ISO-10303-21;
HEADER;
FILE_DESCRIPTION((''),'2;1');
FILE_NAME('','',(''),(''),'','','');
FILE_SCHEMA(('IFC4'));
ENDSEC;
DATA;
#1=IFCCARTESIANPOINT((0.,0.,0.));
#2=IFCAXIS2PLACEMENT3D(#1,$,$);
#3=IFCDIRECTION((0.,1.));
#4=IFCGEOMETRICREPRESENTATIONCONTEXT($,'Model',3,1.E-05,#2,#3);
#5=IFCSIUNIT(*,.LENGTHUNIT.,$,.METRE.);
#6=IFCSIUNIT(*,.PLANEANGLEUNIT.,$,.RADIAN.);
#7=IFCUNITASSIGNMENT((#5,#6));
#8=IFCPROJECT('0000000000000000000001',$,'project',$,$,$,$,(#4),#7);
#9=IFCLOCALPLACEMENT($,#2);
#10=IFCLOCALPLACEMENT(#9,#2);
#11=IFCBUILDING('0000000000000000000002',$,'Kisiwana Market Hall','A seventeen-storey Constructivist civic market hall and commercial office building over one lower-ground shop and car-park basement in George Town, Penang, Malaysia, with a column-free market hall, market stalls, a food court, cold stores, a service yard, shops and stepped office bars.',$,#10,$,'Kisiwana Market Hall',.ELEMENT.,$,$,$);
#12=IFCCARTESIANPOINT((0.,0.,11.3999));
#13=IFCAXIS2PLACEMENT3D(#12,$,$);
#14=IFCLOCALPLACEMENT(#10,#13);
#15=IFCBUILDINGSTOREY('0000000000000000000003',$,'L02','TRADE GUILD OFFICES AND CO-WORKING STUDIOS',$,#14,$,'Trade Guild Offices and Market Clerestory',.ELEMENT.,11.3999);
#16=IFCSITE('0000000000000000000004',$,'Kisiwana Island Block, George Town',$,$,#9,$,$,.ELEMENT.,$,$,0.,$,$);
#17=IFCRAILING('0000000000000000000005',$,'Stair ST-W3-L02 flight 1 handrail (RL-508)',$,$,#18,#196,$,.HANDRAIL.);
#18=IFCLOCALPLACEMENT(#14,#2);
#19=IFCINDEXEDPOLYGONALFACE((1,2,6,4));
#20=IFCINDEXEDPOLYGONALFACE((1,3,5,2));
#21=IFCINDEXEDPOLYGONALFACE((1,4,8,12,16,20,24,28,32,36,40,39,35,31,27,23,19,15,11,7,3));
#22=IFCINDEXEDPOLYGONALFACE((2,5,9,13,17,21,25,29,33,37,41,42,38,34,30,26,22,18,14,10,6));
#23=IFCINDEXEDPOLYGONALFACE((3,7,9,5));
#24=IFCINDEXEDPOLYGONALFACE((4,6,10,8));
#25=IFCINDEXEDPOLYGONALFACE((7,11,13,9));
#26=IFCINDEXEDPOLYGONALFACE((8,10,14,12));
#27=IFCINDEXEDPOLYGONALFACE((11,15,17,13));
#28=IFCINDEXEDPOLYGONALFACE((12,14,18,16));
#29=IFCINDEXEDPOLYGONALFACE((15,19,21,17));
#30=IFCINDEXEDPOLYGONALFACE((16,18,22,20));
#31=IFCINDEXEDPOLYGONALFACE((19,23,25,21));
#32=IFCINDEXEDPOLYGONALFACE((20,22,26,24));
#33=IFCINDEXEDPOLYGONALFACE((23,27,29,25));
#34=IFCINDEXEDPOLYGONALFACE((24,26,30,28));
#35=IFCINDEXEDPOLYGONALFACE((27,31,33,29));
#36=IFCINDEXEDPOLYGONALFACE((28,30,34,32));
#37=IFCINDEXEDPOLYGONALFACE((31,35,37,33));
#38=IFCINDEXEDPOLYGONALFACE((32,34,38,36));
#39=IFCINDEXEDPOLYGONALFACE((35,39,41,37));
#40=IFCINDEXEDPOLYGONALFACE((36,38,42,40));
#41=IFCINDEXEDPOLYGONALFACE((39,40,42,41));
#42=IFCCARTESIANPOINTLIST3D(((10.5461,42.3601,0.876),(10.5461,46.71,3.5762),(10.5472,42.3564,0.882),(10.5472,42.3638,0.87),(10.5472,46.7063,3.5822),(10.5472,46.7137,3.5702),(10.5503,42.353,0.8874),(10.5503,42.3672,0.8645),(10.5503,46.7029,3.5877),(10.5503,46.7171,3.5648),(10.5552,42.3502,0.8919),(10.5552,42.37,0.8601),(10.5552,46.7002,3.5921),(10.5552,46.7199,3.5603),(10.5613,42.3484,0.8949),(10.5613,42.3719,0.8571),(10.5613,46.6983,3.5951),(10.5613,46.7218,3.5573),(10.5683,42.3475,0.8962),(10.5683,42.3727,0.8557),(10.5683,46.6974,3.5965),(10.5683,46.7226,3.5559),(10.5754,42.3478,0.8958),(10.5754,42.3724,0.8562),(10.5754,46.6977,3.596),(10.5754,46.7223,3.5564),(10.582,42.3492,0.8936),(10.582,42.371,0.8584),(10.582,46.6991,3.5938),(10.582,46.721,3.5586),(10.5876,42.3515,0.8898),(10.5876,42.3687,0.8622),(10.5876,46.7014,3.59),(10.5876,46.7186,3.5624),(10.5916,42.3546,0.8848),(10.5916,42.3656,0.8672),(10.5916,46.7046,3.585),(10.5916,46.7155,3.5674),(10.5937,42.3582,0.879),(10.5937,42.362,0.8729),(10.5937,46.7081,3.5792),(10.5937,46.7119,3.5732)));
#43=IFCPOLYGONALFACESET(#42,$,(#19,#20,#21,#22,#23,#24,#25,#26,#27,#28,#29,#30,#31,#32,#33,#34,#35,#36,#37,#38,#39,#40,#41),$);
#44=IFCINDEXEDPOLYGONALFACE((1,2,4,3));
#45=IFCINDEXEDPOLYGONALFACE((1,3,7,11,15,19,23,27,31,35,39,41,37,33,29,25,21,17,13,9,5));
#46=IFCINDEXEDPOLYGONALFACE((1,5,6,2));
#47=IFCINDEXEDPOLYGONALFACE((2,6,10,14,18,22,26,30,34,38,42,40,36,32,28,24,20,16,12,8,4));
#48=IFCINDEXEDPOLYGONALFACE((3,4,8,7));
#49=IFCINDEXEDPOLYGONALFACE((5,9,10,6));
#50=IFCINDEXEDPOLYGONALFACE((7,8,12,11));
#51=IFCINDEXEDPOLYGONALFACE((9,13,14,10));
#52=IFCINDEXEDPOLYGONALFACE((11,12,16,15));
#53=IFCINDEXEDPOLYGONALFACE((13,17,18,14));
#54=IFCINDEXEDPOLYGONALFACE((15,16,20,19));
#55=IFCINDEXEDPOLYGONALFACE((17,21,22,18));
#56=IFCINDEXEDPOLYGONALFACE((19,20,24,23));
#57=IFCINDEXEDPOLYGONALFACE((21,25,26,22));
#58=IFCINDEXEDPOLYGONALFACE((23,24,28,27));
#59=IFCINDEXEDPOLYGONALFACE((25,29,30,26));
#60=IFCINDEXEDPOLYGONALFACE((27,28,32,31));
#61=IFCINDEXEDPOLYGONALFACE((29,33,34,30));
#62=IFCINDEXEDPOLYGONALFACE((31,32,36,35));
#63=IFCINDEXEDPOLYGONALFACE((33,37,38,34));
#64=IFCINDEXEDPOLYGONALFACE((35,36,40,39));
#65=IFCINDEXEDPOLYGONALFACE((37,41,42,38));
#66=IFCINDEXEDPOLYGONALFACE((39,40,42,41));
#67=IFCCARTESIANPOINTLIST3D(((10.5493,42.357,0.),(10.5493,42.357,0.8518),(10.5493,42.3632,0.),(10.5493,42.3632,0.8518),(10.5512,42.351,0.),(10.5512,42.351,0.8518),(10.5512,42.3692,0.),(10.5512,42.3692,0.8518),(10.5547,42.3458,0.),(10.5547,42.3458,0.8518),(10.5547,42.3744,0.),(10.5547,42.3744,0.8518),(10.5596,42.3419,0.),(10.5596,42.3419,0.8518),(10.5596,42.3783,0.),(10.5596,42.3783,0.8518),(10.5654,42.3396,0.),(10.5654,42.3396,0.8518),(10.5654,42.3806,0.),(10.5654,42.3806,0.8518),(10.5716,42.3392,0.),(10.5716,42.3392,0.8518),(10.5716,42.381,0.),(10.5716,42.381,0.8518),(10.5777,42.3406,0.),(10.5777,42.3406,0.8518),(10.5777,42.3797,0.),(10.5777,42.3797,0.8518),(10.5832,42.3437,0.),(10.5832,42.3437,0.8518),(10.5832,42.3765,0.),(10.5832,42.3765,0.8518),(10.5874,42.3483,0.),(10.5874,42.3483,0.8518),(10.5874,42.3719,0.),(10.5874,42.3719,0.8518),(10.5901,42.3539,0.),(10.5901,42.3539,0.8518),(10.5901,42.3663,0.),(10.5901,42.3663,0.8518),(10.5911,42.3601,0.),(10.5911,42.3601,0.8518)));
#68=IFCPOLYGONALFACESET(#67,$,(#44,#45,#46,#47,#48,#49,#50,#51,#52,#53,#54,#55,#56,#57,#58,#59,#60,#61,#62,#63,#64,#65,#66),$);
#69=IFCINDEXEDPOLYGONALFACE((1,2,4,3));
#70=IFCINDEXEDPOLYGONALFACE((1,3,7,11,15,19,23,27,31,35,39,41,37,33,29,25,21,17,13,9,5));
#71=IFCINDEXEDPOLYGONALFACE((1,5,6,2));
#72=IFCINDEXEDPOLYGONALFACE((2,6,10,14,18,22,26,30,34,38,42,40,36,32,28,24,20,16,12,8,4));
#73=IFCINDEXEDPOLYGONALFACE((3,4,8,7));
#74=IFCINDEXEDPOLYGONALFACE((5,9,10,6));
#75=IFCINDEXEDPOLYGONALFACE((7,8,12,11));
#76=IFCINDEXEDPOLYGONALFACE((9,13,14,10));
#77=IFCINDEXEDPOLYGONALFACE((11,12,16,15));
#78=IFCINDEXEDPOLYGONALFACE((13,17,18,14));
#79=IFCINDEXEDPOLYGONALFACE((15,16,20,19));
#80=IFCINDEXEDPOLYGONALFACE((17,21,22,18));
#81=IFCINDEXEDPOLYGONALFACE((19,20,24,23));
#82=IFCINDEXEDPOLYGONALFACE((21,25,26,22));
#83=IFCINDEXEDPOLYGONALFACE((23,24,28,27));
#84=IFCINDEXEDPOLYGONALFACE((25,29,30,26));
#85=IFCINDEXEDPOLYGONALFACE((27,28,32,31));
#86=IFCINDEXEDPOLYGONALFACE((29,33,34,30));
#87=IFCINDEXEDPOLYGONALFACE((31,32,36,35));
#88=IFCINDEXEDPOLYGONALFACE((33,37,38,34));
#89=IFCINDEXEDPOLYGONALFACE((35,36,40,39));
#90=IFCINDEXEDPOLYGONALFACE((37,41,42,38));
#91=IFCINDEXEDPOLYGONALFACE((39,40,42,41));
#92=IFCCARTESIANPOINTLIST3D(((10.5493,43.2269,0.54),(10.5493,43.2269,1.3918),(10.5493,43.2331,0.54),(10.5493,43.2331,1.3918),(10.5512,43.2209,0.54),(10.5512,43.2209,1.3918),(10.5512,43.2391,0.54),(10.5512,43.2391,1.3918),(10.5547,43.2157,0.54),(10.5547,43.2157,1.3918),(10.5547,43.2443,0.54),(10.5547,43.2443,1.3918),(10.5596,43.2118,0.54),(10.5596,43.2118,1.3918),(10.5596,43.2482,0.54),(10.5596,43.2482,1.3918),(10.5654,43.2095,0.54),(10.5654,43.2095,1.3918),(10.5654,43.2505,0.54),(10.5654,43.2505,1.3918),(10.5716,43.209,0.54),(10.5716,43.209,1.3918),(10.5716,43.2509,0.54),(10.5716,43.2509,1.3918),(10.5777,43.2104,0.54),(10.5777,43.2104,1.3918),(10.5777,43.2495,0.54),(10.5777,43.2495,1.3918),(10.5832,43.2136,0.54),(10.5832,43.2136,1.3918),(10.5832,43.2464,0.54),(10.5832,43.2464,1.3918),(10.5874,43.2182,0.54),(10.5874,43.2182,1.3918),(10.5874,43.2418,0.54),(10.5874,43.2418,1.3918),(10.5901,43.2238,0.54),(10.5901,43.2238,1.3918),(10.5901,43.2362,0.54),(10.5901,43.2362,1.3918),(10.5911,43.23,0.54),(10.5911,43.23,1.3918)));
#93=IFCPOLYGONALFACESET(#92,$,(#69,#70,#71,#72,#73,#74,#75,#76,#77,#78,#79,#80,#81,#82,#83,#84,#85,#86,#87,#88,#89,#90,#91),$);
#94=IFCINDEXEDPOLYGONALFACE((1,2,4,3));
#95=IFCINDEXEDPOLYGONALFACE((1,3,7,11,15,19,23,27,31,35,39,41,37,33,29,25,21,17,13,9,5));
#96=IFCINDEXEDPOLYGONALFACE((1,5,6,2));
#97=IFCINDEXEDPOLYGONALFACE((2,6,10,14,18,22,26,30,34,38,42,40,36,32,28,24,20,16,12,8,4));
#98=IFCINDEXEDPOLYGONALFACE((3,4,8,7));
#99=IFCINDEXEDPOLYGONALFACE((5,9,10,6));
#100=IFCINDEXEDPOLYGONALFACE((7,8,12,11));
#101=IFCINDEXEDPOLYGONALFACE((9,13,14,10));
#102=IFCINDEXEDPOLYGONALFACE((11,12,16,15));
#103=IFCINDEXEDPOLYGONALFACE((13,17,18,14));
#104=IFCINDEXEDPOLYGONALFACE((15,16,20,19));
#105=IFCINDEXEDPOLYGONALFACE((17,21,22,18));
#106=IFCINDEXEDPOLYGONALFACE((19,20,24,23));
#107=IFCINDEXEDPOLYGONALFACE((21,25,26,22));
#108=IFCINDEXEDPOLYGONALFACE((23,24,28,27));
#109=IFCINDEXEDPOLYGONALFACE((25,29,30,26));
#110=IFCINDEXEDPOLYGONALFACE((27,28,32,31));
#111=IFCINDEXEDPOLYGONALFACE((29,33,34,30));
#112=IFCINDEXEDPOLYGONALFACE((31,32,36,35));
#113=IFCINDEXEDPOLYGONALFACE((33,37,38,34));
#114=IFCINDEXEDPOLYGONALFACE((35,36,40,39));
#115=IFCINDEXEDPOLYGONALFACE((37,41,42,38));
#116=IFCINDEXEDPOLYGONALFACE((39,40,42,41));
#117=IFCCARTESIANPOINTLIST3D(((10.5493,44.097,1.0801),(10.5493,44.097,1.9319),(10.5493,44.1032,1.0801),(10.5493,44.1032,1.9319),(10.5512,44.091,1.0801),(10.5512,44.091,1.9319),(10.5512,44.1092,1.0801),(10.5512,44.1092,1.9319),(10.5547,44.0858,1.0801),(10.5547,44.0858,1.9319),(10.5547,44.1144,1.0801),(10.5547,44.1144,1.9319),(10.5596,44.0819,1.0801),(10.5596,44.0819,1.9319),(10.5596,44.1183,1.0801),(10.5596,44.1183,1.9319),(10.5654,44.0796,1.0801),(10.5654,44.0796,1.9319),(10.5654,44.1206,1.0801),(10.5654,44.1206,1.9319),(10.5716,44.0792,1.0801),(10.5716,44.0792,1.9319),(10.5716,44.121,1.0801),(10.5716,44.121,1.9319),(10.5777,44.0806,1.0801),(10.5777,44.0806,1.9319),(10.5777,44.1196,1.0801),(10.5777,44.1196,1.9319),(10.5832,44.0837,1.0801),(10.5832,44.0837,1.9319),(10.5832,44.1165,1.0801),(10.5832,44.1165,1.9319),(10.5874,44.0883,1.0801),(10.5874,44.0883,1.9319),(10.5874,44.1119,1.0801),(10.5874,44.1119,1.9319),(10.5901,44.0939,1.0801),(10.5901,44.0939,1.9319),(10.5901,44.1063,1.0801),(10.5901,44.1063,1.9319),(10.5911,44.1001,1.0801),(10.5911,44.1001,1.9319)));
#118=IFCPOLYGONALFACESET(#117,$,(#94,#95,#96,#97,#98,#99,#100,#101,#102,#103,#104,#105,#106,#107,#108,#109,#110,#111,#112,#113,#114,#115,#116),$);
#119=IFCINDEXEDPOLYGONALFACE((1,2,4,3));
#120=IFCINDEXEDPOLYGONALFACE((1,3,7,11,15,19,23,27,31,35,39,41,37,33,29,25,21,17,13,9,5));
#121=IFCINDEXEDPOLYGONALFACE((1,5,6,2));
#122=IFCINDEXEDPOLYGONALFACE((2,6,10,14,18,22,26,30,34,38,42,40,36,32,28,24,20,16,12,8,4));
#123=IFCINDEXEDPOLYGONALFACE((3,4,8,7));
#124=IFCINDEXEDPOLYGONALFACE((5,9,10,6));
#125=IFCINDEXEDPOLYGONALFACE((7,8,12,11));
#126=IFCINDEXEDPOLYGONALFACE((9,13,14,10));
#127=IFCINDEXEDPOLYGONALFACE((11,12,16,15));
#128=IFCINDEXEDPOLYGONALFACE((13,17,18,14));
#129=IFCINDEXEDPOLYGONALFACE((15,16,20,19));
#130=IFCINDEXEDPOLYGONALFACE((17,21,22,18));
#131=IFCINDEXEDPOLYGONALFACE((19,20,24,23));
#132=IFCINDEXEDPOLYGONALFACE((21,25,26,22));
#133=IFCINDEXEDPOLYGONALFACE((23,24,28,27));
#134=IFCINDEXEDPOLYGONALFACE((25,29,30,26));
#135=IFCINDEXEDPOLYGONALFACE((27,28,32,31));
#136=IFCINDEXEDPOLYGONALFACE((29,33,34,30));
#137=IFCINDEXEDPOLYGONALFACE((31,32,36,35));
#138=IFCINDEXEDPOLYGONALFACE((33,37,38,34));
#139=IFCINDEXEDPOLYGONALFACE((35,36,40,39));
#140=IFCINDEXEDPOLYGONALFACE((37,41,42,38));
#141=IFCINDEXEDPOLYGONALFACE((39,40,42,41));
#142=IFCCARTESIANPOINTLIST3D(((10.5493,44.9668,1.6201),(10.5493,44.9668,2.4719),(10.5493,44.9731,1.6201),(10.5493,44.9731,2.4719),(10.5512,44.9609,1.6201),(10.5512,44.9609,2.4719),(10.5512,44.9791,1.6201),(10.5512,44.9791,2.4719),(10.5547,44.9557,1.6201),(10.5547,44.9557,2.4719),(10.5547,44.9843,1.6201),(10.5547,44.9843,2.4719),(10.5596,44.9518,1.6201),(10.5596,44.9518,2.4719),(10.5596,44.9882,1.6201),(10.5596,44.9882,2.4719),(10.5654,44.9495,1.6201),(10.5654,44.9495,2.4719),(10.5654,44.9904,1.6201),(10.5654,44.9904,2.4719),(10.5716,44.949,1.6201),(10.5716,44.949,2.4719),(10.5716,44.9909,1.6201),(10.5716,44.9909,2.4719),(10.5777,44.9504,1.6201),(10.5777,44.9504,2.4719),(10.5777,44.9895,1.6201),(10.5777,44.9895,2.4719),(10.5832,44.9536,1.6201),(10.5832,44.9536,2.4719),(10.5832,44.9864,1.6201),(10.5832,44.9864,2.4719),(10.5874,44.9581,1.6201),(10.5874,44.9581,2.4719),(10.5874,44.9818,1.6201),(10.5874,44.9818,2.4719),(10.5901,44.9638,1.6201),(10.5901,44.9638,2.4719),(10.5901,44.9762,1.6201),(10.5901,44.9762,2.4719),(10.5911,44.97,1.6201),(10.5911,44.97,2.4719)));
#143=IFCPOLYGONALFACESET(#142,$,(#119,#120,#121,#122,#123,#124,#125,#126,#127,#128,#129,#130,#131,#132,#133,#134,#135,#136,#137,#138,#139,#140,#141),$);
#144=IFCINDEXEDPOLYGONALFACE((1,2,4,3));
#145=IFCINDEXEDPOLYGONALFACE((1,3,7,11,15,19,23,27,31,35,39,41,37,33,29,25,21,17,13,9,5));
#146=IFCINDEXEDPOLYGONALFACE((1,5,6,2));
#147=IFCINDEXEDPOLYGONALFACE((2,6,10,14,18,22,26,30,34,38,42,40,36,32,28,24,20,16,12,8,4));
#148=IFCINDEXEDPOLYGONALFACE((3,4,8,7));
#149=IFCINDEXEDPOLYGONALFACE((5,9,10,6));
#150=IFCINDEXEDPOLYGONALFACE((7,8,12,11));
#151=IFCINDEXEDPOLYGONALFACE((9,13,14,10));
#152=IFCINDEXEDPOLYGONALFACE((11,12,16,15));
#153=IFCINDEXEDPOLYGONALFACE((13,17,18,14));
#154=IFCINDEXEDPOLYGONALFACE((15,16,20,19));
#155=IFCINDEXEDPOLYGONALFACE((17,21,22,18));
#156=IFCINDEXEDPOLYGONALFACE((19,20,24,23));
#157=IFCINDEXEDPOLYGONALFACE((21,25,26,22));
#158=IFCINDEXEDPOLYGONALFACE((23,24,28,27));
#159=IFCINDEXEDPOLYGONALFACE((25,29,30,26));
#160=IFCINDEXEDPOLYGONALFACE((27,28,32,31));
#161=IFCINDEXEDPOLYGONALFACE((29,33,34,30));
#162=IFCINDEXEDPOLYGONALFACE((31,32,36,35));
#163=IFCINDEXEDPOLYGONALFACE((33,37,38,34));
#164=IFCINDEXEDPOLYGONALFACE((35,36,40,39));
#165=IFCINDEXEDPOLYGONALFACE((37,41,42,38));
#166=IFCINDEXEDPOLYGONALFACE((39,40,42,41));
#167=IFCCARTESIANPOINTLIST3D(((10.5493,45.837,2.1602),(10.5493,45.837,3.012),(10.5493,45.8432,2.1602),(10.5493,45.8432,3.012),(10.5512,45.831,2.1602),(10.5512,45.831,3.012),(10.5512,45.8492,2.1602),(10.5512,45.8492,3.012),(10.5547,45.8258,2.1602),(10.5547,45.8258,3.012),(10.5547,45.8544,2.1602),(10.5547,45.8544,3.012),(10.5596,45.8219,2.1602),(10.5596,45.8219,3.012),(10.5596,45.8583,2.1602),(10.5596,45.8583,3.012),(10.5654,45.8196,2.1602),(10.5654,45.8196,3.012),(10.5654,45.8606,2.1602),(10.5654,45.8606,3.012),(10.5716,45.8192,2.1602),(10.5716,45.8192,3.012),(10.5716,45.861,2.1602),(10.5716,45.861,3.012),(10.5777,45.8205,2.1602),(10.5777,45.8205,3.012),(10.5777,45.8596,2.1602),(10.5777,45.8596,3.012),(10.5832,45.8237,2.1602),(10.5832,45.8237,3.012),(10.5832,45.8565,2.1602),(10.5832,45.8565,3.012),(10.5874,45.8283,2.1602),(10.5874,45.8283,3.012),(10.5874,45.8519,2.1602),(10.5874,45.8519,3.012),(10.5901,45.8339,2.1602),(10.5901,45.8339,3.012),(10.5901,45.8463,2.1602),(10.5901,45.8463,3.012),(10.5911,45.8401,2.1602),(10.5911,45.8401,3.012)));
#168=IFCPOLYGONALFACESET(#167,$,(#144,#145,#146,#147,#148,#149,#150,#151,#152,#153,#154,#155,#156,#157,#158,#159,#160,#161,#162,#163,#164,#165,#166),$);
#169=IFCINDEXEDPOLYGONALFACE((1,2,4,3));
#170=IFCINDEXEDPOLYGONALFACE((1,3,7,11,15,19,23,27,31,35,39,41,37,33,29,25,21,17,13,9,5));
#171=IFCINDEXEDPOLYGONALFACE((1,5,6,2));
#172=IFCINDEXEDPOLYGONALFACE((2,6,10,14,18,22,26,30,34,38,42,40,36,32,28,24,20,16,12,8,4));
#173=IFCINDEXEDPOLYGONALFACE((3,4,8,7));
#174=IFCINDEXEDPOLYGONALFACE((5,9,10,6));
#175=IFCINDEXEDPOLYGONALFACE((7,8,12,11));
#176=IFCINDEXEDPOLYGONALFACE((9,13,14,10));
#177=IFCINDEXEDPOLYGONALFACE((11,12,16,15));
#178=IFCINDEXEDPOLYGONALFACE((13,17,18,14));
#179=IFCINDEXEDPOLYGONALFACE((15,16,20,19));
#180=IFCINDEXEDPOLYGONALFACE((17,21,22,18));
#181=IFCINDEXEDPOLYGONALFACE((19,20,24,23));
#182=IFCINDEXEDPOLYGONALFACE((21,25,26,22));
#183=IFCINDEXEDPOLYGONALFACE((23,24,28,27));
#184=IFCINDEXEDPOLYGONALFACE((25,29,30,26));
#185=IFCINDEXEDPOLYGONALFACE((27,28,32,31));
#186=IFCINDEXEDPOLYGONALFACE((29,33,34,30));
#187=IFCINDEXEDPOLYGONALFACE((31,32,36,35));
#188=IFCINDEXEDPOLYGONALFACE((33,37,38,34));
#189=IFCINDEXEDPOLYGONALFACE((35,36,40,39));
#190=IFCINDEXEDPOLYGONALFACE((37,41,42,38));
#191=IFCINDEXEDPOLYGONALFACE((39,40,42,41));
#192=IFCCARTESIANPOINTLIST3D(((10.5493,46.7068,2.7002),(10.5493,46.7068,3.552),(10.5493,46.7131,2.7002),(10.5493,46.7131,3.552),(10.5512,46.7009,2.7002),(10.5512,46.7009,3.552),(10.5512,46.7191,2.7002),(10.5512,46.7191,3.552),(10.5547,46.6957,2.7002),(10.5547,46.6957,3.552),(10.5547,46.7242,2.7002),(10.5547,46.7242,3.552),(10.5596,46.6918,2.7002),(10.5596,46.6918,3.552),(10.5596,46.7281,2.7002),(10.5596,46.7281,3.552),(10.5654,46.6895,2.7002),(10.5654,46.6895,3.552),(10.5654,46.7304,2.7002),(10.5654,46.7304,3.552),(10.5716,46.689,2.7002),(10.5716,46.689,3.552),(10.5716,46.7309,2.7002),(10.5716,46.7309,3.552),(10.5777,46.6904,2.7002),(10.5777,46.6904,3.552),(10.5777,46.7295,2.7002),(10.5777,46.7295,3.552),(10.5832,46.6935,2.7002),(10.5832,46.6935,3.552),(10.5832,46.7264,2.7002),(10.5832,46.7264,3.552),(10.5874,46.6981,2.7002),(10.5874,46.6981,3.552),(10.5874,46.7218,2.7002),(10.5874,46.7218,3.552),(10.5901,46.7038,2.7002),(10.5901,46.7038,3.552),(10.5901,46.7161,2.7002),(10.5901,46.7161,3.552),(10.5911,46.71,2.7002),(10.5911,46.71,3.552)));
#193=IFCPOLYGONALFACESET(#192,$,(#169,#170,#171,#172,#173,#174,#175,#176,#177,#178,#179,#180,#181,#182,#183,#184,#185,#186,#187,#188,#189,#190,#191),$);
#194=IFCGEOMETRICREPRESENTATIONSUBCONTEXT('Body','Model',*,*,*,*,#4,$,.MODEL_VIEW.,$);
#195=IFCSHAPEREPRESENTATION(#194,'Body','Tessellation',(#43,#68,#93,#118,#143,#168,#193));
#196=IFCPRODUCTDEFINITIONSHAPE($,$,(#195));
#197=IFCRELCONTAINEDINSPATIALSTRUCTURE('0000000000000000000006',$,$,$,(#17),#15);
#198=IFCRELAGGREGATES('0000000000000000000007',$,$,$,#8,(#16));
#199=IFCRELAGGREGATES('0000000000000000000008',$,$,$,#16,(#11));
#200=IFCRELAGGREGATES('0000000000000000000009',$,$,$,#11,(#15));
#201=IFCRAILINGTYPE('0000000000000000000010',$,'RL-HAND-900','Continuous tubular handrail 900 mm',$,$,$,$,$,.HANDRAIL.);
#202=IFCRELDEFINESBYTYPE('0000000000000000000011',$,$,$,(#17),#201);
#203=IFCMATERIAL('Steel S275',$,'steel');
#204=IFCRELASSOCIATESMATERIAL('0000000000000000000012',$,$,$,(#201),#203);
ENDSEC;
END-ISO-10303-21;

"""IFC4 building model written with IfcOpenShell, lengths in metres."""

from ifc_helpers import new_model, si_unit, direction, frame, origin, origin_2d, place, context, subcontext, project, spatial, circle, extrude, material, type_object, element, save


model = new_model("IFC4")

# Units and contexts
model_context = context("Model", 3, precision=1e-05, world=origin(), true_north=direction((0.0, 1.0)))
body_context = subcontext(model_context, "Body", "Model", "MODEL_VIEW")
ifc_project = project(units=[si_unit("LENGTHUNIT", "METRE"), si_unit("PLANEANGLEUNIT", "RADIAN")], contexts=[model_context])

# Site, building, storey
site_placement = place(None, origin())
site = spatial("IfcSite", under=ifc_project, at=site_placement, Name="Kisiwana Island Block, George Town", CompositionType="ELEMENT", RefElevation=0.0)
building_placement = place(site_placement, origin())
building = spatial("IfcBuilding", under=site, at=building_placement, Name="Kisiwana Market Hall", Description="A seventeen-storey Constructivist civic market hall and commercial office building over one lower-ground shop and car-park basement in George Town, Penang, Malaysia, with a column-free market hall, market stalls, a food court, cold stores, a service yard, shops and stepped office bars.", LongName="Kisiwana Market Hall", CompositionType="ELEMENT")
storey_placement = place(building_placement, frame((0.0, 0.0, 11.3999)))
storey = spatial("IfcBuildingStorey", under=building, at=storey_placement, Name="L02", Description="TRADE GUILD OFFICES AND CO-WORKING STUDIOS", LongName="Trade Guild Offices and Market Clerestory", CompositionType="ELEMENT", Elevation=11.3999)

# Railing
ifc_material_1 = material(Name="Steel S275", Category="steel")
railing_type_1 = type_object("IfcRailingType", Name="RL-HAND-900", Description="Continuous tubular handrail 900 mm", PredefinedType="HANDRAIL", material=ifc_material_1)
for number, where, name in (
    (1, (10.5701, 42.3601, 0.0), "Stair ST-W3-L02 flight 1 handrail (RL-508)"),
):
    element("IfcRailing", number, at=place(storey_placement, frame(where)), inside=storey, type_object=railing_type_1, Name=name, PredefinedType="HANDRAIL", context=body_context, shape_type="SweptSolid", body=[
        extrude(circle(Radius=0.0239, at=origin_2d()), frame((0.0, 0.0, 0.876), z_axis=(0.0, 0.849615, 0.527403), x_axis=(-1.0, 0.0, 0.0)), (0.0, 0.0, 1.0), 5.1199),
        extrude(circle(Radius=0.021, at=origin_2d()), origin(), (0.0, 0.0, 1.0), 0.8518),
        extrude(circle(Radius=0.021, at=origin_2d()), frame((0.0, 0.8699, 0.54)), (0.0, 0.0, 1.0), 0.8518),
        extrude(circle(Radius=0.021, at=origin_2d()), frame((0.0, 1.74, 1.0801)), (0.0, 0.0, 1.0), 0.8518),
        extrude(circle(Radius=0.021, at=origin_2d()), frame((0.0, 2.6099, 1.6201)), (0.0, 0.0, 1.0), 0.8518),
        extrude(circle(Radius=0.021, at=origin_2d()), frame((0.0, 3.48, 2.1602)), (0.0, 0.0, 1.0), 0.8518),
        extrude(circle(Radius=0.021, at=origin_2d()), frame((0.0, 4.3499, 2.7002)), (0.0, 0.0, 1.0), 0.8518),
    ])

save(model, "model.ifc")
